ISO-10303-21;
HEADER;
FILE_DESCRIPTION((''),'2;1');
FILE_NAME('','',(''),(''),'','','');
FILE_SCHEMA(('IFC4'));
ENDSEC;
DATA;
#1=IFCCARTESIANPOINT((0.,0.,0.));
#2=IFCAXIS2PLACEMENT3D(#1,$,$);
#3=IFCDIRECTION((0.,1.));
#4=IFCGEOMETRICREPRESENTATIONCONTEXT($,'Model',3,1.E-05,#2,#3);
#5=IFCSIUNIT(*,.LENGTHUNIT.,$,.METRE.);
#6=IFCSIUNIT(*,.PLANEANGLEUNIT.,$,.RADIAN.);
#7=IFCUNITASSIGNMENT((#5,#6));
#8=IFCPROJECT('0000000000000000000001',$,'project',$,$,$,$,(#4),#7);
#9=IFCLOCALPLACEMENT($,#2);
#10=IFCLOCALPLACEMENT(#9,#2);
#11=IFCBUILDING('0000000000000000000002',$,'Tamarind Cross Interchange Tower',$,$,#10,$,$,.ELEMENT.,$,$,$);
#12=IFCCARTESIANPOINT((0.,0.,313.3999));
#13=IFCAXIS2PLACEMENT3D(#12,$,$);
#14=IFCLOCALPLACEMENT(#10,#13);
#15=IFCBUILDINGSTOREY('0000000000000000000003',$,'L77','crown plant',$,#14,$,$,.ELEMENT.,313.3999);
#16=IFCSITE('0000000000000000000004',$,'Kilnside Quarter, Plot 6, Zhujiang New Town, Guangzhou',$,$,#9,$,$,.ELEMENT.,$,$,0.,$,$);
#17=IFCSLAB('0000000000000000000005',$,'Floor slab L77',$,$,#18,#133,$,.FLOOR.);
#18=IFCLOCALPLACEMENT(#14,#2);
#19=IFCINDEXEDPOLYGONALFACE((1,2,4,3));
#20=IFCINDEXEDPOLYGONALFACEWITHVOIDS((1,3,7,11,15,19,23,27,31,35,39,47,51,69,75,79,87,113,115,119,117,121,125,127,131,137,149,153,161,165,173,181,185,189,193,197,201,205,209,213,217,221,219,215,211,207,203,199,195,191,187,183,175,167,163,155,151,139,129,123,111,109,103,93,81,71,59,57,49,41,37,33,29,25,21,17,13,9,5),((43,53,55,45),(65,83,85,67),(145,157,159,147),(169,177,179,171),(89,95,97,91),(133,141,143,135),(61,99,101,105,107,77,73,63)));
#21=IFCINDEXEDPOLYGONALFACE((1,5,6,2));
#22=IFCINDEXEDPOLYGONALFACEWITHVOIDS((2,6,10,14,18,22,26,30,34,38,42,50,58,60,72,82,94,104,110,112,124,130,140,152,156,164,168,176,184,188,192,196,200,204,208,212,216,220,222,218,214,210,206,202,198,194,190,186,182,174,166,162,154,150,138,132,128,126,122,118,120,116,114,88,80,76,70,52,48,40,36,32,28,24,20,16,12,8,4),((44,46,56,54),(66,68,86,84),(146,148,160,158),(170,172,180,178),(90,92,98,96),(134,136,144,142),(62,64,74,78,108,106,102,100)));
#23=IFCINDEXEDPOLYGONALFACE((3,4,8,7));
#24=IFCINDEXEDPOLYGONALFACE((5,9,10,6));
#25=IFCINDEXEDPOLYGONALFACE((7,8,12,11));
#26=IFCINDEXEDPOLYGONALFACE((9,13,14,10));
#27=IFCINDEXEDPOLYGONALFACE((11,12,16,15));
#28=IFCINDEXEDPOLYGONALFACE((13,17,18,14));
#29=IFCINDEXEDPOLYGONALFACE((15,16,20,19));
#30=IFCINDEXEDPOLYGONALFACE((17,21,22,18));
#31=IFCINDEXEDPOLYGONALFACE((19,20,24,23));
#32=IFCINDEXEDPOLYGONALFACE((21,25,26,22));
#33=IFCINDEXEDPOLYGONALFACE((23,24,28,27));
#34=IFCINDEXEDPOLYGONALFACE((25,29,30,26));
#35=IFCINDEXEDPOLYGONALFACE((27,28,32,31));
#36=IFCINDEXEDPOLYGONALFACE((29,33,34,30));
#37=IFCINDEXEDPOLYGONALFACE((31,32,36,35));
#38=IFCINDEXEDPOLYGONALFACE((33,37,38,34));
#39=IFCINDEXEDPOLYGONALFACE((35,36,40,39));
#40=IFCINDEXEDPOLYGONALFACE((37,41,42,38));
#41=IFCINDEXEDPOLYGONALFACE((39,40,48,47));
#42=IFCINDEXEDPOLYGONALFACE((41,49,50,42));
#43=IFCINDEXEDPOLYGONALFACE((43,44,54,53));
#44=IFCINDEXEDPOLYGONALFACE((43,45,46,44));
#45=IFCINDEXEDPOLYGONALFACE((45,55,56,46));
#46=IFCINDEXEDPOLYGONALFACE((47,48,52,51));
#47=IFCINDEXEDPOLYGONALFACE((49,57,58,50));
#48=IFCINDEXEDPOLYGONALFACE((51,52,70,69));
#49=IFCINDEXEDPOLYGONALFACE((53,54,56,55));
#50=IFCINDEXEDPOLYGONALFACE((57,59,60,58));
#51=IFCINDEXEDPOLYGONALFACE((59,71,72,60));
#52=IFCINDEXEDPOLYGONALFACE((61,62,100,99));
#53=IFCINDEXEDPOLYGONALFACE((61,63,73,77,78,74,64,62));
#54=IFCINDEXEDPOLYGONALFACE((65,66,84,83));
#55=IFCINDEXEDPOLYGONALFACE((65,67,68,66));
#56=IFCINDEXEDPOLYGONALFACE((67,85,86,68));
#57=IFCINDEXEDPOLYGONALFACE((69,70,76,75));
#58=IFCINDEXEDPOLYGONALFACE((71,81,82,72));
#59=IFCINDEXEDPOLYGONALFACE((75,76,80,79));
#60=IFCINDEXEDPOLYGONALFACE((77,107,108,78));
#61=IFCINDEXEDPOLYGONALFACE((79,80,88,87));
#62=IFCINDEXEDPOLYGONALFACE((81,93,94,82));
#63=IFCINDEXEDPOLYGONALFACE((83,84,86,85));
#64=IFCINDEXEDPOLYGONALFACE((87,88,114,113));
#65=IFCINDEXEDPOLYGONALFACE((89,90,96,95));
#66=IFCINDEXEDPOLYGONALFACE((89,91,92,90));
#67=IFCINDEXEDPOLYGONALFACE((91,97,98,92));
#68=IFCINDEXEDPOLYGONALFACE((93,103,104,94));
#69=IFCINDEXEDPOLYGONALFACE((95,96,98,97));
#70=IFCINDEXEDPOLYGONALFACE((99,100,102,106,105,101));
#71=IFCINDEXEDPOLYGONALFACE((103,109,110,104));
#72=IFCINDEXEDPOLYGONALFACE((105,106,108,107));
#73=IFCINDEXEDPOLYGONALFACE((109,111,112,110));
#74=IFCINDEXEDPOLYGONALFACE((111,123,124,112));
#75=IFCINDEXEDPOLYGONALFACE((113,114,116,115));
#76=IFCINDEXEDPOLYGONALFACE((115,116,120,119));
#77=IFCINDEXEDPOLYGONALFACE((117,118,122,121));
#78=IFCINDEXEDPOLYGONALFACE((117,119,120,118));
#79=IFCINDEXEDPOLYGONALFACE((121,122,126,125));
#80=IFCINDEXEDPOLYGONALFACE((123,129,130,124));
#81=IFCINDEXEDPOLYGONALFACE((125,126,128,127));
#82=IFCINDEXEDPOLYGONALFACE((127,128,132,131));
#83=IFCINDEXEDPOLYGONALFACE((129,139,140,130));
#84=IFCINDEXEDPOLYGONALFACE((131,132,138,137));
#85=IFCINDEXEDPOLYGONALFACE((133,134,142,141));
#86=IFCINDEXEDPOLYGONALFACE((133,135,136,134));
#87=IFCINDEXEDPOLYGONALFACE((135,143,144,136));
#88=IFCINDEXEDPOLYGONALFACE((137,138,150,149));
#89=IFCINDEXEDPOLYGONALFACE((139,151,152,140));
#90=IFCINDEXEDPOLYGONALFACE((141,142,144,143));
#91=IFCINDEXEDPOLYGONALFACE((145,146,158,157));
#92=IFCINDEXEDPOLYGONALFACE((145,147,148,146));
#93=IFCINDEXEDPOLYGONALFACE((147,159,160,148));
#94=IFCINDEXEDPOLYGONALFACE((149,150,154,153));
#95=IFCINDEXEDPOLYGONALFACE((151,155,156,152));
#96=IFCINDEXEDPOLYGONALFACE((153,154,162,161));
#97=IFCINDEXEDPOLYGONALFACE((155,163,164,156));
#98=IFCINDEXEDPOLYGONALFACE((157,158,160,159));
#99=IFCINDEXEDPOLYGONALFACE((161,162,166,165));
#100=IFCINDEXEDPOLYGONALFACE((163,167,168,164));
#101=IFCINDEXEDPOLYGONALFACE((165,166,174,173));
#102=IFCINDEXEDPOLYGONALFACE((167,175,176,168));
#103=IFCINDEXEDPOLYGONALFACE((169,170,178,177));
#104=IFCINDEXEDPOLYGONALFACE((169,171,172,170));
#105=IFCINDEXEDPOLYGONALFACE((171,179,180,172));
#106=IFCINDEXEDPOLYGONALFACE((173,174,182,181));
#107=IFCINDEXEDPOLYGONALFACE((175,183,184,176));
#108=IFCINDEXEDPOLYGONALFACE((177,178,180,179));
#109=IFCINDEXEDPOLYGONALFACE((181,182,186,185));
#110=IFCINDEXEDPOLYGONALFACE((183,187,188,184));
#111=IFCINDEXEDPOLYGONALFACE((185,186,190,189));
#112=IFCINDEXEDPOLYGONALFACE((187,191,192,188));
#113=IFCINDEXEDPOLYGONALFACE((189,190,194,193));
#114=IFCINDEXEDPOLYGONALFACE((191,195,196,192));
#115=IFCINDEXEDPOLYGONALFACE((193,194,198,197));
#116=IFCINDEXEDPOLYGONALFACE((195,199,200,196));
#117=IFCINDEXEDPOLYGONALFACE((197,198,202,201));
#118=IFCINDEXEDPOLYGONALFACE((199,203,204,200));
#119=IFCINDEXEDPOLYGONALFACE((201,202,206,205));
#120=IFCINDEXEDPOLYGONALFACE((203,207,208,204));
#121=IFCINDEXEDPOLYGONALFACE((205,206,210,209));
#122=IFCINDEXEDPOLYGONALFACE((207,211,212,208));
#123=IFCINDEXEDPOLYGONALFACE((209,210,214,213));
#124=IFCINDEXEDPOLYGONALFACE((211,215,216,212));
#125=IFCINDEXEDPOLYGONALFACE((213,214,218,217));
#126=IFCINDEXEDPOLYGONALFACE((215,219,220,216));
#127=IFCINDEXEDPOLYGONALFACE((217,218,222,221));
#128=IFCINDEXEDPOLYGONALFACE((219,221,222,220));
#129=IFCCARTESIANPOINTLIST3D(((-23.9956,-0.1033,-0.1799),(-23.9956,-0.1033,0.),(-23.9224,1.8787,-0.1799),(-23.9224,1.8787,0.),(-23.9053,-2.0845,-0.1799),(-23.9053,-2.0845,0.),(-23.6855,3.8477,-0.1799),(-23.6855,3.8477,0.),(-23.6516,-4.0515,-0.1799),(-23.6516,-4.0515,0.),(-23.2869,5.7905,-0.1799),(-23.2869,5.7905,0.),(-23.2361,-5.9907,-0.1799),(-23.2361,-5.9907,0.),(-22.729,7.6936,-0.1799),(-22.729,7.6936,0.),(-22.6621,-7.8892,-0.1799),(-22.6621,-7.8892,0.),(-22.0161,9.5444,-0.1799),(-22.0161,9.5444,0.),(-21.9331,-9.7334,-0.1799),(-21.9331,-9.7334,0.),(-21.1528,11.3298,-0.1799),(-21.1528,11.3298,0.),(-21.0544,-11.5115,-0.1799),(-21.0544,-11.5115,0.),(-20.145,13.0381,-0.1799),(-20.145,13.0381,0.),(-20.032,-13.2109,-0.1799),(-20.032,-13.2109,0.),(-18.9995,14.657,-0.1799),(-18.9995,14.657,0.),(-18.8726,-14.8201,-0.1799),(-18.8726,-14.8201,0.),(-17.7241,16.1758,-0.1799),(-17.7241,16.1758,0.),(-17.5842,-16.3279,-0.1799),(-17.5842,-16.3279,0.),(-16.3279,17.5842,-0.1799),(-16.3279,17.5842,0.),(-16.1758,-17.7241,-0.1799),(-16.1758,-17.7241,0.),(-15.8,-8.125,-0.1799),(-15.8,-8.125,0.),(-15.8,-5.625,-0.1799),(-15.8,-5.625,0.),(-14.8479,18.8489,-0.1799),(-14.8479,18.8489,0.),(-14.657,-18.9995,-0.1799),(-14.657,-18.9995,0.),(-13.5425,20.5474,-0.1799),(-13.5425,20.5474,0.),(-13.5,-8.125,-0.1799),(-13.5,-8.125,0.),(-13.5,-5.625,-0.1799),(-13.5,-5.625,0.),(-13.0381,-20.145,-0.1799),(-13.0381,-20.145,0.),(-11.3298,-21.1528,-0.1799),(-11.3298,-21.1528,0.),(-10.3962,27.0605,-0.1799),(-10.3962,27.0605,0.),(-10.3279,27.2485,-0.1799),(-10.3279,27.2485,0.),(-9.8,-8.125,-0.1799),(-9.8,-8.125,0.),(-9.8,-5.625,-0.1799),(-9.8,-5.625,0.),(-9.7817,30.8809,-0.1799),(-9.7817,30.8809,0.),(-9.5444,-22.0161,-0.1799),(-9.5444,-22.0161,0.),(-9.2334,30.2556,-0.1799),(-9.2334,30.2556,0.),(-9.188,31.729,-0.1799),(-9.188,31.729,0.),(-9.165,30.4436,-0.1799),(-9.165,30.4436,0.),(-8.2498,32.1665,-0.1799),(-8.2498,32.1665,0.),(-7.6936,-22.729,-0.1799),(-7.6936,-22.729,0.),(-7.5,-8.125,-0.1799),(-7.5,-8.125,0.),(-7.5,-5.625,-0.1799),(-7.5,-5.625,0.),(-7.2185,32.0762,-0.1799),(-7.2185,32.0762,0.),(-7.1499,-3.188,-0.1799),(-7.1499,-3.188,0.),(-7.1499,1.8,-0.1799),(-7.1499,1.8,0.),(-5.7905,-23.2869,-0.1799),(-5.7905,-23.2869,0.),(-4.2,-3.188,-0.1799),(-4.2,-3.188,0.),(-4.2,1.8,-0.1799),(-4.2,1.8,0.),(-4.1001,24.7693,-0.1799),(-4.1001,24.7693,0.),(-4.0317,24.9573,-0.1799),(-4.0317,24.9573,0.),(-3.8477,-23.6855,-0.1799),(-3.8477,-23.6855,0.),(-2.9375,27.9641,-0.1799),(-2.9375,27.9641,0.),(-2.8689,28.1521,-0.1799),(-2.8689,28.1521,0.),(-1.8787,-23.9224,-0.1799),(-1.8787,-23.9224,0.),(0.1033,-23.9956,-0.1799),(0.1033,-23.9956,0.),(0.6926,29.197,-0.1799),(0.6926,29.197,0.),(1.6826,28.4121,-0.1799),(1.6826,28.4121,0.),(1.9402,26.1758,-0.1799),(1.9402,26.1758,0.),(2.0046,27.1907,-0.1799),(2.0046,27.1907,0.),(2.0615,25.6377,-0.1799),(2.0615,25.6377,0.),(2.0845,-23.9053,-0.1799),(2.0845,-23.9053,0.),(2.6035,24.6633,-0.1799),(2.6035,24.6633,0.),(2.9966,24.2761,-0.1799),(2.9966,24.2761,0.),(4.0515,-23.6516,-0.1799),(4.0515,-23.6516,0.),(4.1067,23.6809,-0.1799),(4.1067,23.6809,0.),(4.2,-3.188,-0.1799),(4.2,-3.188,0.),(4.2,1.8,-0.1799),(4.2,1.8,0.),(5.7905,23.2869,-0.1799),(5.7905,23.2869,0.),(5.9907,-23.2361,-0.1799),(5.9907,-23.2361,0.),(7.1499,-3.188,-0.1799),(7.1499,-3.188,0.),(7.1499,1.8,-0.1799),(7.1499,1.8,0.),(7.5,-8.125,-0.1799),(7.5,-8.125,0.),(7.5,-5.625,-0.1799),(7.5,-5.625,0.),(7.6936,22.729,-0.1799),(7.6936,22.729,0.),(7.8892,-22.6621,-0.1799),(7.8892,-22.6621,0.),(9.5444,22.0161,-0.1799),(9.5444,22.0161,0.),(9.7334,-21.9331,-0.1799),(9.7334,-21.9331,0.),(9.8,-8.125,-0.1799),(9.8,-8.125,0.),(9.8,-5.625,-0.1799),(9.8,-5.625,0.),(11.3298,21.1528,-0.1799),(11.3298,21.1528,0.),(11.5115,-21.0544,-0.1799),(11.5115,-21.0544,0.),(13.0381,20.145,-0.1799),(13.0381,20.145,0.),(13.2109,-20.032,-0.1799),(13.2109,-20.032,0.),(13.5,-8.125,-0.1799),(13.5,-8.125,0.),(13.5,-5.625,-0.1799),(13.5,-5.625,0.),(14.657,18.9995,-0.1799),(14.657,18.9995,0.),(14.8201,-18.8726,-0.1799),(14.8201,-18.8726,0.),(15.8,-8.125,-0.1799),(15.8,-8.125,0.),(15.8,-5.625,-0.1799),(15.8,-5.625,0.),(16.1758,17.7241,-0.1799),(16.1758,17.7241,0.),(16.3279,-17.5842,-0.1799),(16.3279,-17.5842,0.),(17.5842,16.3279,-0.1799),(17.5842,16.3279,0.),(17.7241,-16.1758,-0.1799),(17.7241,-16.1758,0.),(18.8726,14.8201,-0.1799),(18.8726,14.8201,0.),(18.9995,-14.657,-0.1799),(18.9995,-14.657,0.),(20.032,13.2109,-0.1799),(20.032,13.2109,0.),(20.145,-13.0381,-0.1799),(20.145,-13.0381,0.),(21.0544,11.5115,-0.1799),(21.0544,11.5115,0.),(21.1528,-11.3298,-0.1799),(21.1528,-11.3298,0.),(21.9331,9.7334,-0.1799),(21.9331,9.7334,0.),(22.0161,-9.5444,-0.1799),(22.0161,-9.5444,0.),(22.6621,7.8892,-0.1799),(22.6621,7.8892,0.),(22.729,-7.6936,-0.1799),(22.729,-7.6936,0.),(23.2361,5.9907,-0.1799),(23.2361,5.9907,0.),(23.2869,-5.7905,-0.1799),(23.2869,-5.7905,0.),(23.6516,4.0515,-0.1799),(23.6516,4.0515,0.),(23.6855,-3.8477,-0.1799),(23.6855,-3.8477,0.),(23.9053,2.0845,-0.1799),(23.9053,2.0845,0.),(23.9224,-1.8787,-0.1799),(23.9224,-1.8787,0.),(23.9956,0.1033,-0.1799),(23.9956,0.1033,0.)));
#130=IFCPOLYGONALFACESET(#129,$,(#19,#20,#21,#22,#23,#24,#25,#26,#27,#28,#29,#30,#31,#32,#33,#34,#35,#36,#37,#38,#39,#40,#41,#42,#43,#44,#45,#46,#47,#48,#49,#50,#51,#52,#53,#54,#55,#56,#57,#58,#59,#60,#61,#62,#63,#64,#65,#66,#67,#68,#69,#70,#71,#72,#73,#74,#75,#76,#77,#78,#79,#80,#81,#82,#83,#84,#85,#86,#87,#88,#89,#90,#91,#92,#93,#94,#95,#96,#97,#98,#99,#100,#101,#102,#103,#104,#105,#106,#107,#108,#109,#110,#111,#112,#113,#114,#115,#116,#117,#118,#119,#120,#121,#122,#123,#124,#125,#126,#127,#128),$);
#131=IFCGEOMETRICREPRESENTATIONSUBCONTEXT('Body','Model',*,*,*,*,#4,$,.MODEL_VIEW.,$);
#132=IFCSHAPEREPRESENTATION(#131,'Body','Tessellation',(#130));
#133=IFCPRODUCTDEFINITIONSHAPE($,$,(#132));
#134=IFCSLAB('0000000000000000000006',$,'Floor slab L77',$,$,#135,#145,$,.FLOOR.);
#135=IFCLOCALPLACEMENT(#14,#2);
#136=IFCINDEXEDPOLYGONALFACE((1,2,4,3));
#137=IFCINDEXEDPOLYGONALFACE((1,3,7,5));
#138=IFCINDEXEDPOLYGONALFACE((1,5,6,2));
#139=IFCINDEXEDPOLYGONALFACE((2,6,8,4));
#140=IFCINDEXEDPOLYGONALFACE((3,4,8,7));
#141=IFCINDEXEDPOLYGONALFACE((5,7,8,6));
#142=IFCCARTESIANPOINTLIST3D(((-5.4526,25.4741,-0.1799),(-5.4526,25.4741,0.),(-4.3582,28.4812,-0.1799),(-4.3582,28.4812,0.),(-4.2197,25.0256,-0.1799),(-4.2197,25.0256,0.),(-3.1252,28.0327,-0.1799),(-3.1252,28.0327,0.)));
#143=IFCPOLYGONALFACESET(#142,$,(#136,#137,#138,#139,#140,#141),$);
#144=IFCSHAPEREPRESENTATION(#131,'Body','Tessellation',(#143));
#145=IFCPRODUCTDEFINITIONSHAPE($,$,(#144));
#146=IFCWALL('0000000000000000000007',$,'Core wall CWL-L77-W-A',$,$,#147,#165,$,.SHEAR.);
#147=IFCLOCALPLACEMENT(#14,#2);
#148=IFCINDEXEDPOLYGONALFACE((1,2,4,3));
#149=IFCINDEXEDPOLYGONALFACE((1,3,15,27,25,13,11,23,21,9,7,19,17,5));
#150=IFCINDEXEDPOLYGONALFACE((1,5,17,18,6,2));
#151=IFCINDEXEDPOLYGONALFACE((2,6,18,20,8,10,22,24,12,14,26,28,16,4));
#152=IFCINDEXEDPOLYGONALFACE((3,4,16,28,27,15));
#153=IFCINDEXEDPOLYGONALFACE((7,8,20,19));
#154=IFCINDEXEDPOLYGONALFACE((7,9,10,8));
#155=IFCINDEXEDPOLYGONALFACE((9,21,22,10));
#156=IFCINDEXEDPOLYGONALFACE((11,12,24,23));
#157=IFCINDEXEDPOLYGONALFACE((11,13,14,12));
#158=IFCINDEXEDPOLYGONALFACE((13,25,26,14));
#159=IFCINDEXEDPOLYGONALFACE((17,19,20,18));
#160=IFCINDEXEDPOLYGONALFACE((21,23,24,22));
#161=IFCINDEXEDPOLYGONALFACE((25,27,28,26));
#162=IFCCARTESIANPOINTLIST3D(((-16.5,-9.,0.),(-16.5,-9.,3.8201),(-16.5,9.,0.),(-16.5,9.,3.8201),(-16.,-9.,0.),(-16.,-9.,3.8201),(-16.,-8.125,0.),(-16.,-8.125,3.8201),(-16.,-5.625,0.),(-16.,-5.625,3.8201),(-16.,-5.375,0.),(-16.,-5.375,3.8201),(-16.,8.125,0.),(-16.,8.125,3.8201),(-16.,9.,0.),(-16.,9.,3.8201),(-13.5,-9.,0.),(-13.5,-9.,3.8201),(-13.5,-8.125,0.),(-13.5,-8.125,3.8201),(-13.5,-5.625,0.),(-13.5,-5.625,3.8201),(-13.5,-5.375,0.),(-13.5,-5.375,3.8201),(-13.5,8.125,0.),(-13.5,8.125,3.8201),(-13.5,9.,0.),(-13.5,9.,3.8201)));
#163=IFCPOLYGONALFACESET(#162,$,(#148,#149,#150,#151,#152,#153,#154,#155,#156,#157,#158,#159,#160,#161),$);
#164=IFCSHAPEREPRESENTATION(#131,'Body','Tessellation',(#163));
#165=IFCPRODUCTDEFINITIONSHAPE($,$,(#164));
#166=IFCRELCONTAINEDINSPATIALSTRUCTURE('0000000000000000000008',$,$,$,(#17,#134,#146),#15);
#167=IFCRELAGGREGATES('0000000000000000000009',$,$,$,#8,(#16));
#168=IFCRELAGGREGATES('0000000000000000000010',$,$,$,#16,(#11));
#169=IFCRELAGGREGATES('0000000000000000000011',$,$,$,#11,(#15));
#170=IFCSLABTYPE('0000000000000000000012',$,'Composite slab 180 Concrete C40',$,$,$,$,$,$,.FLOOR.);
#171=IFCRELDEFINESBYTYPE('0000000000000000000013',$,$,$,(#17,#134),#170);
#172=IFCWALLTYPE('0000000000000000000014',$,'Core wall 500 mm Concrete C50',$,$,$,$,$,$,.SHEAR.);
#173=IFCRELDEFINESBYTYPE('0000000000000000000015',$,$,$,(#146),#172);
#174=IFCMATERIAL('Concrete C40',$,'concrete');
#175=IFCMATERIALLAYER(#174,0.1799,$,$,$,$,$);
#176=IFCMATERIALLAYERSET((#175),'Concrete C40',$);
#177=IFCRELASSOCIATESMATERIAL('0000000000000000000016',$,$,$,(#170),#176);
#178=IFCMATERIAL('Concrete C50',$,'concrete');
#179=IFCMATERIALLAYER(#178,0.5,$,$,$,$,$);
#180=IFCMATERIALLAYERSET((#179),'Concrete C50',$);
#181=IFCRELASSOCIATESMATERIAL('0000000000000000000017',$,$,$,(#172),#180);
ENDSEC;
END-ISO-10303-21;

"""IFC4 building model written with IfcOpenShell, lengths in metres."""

from ifc_helpers import new_model, si_unit, direction, frame, origin, place, context, subcontext, project, spatial, polyline, outline, extrude, material, layer, layer_set, type_object, element, save


model = new_model("IFC4")

# Units and contexts
model_context = context("Model", 3, precision=1e-05, world=origin(), true_north=direction((0.0, 1.0)))
body_context = subcontext(model_context, "Body", "Model", "MODEL_VIEW")
ifc_project = project(units=[si_unit("LENGTHUNIT", "METRE"), si_unit("PLANEANGLEUNIT", "RADIAN")], contexts=[model_context])

# Site, building, storey
site_placement = place(None, origin())
site = spatial("IfcSite", under=ifc_project, at=site_placement, Name="Kilnside Quarter, Plot 6, Zhujiang New Town, Guangzhou", CompositionType="ELEMENT", RefElevation=0.0)
building_placement = place(site_placement, origin())
building = spatial("IfcBuilding", under=site, at=building_placement, Name="Tamarind Cross Interchange Tower", CompositionType="ELEMENT")
storey_placement = place(building_placement, frame((0.0, 0.0, 313.3999)))
storey = spatial("IfcBuildingStorey", under=building, at=storey_placement, Name="L77", Description="crown plant", CompositionType="ELEMENT", Elevation=313.3999)

# Slabs
ifc_material_1 = material(Name="Concrete C40", Category="concrete")
ifc_layer_1 = layer(ifc_material_1, 0.1799)
ifc_layer_set_1 = layer_set([ifc_layer_1], Name="Concrete C40")
slab_type = type_object("IfcSlabType", Name="Composite slab 180 Concrete C40", PredefinedType="FLOOR", material=ifc_layer_set_1)
slab_1_placement = place(storey_placement, frame((0.0, 0.0, -0.1799)))
element("IfcSlab", 1, at=slab_1_placement, inside=storey, type_object=slab_type, Name="Floor slab L77", PredefinedType="FLOOR", context=body_context, shape_type="SweptSolid", body=[
    extrude(outline(polyline([(-9.188, 31.729), (-9.7817, 30.8809), (-13.5425, 20.5474), (-14.8479, 18.8489), (-16.3279, 17.5842), (-17.7241, 16.1758), (-18.9995, 14.657), (-20.145, 13.0381), (-21.1528, 11.3298), (-22.0161, 9.5444), (-22.729, 7.6936), (-23.2869, 5.7905), (-23.6855, 3.8477), (-23.9224, 1.8787), (-23.9956, -0.1033), (-23.9053, -2.0845), (-23.6516, -4.0515), (-23.2361, -5.9907), (-22.6621, -7.8892), (-21.9331, -9.7334), (-21.0544, -11.5115), (-20.032, -13.2109), (-18.8726, -14.8201), (-17.5842, -16.3279), (-16.1758, -17.7241), (-14.657, -18.9995), (-13.0381, -20.145), (-11.3298, -21.1528), (-9.5444, -22.0161), (-7.6936, -22.729), (-5.7905, -23.2869), (-3.8477, -23.6855), (-1.8787, -23.9224), (0.1033, -23.9956), (2.0845, -23.9053), (4.0515, -23.6516), (5.9907, -23.2361), (7.8892, -22.6621), (9.7334, -21.9331), (11.5115, -21.0544), (13.2109, -20.032), (14.8201, -18.8726), (16.3279, -17.5842), (17.7241, -16.1758), (18.9995, -14.657), (20.145, -13.0381), (21.1528, -11.3298), (22.0161, -9.5444), (22.729, -7.6936), (23.2869, -5.7905), (23.6855, -3.8477), (23.9224, -1.8787), (23.9956, 0.1033), (23.9053, 2.0845), (23.6516, 4.0515), (23.2361, 5.9907), (22.6621, 7.8892), (21.9331, 9.7334), (21.0544, 11.5115), (20.032, 13.2109), (18.8726, 14.8201), (17.5842, 16.3279), (16.1758, 17.7241), (14.657, 18.9995), (13.0381, 20.145), (11.3298, 21.1528), (9.5444, 22.0161), (7.6936, 22.729), (5.7905, 23.2869), (4.1067, 23.6809), (2.9966, 24.2761), (2.6035, 24.6633), (2.0615, 25.6377), (1.9402, 26.1758), (2.0046, 27.1907), (1.6826, 28.4121), (0.6926, 29.197), (-7.2185, 32.0762), (-8.2498, 32.1665), (-9.188, 31.729)]), holes=[polyline([(-15.8, -5.625), (-13.5, -5.625), (-13.5, -8.125), (-15.8, -8.125), (-15.8, -5.625)]), polyline([(-9.8, -5.625), (-7.5, -5.625), (-7.5, -8.125), (-9.8, -8.125), (-9.8, -5.625)]), polyline([(-4.1001, 24.7693), (-10.3962, 27.0605), (-10.3279, 27.2485), (-9.2334, 30.2556), (-9.165, 30.4436), (-2.8689, 28.1521), (-2.9375, 27.9641), (-4.0317, 24.9573), (-4.1001, 24.7693)]), polyline([(7.5, -8.125), (7.5, -5.625), (9.8, -5.625), (9.8, -8.125), (7.5, -8.125)]), polyline([(13.5, -8.125), (13.5, -5.625), (15.8, -5.625), (15.8, -8.125), (13.5, -8.125)]), polyline([(-7.1499, -3.188), (-7.1499, 1.8), (-4.2, 1.8), (-4.2, -3.188), (-7.1499, -3.188)]), polyline([(4.2, 1.8), (7.1499, 1.8), (7.1499, -3.188), (4.2, -3.188), (4.2, 1.8)])]), origin(), (0.0, 0.0, 1.0), 0.1799),
])
slab_2_placement = place(storey_placement, frame((0.0, 0.0, -0.1799)))
element("IfcSlab", 2, at=slab_2_placement, inside=storey, type_object=slab_type, Name="Floor slab L77", PredefinedType="FLOOR", context=body_context, shape_type="SweptSolid", body=[
    extrude(outline(polyline([(-4.3582, 28.4812), (-5.4526, 25.4741), (-4.2197, 25.0256), (-3.1252, 28.0327), (-4.3582, 28.4812)])), origin(), (0.0, 0.0, 1.0), 0.1799),
])

# Wall
ifc_material_2 = material(Name="Concrete C50", Category="concrete")
ifc_layer_2 = layer(ifc_material_2, 0.5)
ifc_layer_set_2 = layer_set([ifc_layer_2], Name="Concrete C50")
wall_type_1 = type_object("IfcWallType", Name="Core wall 500 mm Concrete C50", PredefinedType="SHEAR", material=ifc_layer_set_2)
wall_1_placement = place(storey_placement, origin())
element("IfcWall", 3, at=wall_1_placement, inside=storey, type_object=wall_type_1, Name="Core wall CWL-L77-W-A", PredefinedType="SHEAR", context=body_context, shape_type="SweptSolid", body=[
    extrude(outline(polyline([(-13.5, -8.125), (-16.0, -8.125), (-16.0, -5.625), (-13.5, -5.625), (-13.5, -5.375), (-16.0, -5.375), (-16.0, 8.125), (-13.5, 8.125), (-13.5, 9.0), (-16.0, 9.0), (-16.5, 9.0), (-16.5, -9.0), (-16.0, -9.0), (-13.5, -9.0), (-13.5, -8.125)])), origin(), (0.0, 0.0, 1.0), 3.8201),
])

save(model, "model.ifc")
